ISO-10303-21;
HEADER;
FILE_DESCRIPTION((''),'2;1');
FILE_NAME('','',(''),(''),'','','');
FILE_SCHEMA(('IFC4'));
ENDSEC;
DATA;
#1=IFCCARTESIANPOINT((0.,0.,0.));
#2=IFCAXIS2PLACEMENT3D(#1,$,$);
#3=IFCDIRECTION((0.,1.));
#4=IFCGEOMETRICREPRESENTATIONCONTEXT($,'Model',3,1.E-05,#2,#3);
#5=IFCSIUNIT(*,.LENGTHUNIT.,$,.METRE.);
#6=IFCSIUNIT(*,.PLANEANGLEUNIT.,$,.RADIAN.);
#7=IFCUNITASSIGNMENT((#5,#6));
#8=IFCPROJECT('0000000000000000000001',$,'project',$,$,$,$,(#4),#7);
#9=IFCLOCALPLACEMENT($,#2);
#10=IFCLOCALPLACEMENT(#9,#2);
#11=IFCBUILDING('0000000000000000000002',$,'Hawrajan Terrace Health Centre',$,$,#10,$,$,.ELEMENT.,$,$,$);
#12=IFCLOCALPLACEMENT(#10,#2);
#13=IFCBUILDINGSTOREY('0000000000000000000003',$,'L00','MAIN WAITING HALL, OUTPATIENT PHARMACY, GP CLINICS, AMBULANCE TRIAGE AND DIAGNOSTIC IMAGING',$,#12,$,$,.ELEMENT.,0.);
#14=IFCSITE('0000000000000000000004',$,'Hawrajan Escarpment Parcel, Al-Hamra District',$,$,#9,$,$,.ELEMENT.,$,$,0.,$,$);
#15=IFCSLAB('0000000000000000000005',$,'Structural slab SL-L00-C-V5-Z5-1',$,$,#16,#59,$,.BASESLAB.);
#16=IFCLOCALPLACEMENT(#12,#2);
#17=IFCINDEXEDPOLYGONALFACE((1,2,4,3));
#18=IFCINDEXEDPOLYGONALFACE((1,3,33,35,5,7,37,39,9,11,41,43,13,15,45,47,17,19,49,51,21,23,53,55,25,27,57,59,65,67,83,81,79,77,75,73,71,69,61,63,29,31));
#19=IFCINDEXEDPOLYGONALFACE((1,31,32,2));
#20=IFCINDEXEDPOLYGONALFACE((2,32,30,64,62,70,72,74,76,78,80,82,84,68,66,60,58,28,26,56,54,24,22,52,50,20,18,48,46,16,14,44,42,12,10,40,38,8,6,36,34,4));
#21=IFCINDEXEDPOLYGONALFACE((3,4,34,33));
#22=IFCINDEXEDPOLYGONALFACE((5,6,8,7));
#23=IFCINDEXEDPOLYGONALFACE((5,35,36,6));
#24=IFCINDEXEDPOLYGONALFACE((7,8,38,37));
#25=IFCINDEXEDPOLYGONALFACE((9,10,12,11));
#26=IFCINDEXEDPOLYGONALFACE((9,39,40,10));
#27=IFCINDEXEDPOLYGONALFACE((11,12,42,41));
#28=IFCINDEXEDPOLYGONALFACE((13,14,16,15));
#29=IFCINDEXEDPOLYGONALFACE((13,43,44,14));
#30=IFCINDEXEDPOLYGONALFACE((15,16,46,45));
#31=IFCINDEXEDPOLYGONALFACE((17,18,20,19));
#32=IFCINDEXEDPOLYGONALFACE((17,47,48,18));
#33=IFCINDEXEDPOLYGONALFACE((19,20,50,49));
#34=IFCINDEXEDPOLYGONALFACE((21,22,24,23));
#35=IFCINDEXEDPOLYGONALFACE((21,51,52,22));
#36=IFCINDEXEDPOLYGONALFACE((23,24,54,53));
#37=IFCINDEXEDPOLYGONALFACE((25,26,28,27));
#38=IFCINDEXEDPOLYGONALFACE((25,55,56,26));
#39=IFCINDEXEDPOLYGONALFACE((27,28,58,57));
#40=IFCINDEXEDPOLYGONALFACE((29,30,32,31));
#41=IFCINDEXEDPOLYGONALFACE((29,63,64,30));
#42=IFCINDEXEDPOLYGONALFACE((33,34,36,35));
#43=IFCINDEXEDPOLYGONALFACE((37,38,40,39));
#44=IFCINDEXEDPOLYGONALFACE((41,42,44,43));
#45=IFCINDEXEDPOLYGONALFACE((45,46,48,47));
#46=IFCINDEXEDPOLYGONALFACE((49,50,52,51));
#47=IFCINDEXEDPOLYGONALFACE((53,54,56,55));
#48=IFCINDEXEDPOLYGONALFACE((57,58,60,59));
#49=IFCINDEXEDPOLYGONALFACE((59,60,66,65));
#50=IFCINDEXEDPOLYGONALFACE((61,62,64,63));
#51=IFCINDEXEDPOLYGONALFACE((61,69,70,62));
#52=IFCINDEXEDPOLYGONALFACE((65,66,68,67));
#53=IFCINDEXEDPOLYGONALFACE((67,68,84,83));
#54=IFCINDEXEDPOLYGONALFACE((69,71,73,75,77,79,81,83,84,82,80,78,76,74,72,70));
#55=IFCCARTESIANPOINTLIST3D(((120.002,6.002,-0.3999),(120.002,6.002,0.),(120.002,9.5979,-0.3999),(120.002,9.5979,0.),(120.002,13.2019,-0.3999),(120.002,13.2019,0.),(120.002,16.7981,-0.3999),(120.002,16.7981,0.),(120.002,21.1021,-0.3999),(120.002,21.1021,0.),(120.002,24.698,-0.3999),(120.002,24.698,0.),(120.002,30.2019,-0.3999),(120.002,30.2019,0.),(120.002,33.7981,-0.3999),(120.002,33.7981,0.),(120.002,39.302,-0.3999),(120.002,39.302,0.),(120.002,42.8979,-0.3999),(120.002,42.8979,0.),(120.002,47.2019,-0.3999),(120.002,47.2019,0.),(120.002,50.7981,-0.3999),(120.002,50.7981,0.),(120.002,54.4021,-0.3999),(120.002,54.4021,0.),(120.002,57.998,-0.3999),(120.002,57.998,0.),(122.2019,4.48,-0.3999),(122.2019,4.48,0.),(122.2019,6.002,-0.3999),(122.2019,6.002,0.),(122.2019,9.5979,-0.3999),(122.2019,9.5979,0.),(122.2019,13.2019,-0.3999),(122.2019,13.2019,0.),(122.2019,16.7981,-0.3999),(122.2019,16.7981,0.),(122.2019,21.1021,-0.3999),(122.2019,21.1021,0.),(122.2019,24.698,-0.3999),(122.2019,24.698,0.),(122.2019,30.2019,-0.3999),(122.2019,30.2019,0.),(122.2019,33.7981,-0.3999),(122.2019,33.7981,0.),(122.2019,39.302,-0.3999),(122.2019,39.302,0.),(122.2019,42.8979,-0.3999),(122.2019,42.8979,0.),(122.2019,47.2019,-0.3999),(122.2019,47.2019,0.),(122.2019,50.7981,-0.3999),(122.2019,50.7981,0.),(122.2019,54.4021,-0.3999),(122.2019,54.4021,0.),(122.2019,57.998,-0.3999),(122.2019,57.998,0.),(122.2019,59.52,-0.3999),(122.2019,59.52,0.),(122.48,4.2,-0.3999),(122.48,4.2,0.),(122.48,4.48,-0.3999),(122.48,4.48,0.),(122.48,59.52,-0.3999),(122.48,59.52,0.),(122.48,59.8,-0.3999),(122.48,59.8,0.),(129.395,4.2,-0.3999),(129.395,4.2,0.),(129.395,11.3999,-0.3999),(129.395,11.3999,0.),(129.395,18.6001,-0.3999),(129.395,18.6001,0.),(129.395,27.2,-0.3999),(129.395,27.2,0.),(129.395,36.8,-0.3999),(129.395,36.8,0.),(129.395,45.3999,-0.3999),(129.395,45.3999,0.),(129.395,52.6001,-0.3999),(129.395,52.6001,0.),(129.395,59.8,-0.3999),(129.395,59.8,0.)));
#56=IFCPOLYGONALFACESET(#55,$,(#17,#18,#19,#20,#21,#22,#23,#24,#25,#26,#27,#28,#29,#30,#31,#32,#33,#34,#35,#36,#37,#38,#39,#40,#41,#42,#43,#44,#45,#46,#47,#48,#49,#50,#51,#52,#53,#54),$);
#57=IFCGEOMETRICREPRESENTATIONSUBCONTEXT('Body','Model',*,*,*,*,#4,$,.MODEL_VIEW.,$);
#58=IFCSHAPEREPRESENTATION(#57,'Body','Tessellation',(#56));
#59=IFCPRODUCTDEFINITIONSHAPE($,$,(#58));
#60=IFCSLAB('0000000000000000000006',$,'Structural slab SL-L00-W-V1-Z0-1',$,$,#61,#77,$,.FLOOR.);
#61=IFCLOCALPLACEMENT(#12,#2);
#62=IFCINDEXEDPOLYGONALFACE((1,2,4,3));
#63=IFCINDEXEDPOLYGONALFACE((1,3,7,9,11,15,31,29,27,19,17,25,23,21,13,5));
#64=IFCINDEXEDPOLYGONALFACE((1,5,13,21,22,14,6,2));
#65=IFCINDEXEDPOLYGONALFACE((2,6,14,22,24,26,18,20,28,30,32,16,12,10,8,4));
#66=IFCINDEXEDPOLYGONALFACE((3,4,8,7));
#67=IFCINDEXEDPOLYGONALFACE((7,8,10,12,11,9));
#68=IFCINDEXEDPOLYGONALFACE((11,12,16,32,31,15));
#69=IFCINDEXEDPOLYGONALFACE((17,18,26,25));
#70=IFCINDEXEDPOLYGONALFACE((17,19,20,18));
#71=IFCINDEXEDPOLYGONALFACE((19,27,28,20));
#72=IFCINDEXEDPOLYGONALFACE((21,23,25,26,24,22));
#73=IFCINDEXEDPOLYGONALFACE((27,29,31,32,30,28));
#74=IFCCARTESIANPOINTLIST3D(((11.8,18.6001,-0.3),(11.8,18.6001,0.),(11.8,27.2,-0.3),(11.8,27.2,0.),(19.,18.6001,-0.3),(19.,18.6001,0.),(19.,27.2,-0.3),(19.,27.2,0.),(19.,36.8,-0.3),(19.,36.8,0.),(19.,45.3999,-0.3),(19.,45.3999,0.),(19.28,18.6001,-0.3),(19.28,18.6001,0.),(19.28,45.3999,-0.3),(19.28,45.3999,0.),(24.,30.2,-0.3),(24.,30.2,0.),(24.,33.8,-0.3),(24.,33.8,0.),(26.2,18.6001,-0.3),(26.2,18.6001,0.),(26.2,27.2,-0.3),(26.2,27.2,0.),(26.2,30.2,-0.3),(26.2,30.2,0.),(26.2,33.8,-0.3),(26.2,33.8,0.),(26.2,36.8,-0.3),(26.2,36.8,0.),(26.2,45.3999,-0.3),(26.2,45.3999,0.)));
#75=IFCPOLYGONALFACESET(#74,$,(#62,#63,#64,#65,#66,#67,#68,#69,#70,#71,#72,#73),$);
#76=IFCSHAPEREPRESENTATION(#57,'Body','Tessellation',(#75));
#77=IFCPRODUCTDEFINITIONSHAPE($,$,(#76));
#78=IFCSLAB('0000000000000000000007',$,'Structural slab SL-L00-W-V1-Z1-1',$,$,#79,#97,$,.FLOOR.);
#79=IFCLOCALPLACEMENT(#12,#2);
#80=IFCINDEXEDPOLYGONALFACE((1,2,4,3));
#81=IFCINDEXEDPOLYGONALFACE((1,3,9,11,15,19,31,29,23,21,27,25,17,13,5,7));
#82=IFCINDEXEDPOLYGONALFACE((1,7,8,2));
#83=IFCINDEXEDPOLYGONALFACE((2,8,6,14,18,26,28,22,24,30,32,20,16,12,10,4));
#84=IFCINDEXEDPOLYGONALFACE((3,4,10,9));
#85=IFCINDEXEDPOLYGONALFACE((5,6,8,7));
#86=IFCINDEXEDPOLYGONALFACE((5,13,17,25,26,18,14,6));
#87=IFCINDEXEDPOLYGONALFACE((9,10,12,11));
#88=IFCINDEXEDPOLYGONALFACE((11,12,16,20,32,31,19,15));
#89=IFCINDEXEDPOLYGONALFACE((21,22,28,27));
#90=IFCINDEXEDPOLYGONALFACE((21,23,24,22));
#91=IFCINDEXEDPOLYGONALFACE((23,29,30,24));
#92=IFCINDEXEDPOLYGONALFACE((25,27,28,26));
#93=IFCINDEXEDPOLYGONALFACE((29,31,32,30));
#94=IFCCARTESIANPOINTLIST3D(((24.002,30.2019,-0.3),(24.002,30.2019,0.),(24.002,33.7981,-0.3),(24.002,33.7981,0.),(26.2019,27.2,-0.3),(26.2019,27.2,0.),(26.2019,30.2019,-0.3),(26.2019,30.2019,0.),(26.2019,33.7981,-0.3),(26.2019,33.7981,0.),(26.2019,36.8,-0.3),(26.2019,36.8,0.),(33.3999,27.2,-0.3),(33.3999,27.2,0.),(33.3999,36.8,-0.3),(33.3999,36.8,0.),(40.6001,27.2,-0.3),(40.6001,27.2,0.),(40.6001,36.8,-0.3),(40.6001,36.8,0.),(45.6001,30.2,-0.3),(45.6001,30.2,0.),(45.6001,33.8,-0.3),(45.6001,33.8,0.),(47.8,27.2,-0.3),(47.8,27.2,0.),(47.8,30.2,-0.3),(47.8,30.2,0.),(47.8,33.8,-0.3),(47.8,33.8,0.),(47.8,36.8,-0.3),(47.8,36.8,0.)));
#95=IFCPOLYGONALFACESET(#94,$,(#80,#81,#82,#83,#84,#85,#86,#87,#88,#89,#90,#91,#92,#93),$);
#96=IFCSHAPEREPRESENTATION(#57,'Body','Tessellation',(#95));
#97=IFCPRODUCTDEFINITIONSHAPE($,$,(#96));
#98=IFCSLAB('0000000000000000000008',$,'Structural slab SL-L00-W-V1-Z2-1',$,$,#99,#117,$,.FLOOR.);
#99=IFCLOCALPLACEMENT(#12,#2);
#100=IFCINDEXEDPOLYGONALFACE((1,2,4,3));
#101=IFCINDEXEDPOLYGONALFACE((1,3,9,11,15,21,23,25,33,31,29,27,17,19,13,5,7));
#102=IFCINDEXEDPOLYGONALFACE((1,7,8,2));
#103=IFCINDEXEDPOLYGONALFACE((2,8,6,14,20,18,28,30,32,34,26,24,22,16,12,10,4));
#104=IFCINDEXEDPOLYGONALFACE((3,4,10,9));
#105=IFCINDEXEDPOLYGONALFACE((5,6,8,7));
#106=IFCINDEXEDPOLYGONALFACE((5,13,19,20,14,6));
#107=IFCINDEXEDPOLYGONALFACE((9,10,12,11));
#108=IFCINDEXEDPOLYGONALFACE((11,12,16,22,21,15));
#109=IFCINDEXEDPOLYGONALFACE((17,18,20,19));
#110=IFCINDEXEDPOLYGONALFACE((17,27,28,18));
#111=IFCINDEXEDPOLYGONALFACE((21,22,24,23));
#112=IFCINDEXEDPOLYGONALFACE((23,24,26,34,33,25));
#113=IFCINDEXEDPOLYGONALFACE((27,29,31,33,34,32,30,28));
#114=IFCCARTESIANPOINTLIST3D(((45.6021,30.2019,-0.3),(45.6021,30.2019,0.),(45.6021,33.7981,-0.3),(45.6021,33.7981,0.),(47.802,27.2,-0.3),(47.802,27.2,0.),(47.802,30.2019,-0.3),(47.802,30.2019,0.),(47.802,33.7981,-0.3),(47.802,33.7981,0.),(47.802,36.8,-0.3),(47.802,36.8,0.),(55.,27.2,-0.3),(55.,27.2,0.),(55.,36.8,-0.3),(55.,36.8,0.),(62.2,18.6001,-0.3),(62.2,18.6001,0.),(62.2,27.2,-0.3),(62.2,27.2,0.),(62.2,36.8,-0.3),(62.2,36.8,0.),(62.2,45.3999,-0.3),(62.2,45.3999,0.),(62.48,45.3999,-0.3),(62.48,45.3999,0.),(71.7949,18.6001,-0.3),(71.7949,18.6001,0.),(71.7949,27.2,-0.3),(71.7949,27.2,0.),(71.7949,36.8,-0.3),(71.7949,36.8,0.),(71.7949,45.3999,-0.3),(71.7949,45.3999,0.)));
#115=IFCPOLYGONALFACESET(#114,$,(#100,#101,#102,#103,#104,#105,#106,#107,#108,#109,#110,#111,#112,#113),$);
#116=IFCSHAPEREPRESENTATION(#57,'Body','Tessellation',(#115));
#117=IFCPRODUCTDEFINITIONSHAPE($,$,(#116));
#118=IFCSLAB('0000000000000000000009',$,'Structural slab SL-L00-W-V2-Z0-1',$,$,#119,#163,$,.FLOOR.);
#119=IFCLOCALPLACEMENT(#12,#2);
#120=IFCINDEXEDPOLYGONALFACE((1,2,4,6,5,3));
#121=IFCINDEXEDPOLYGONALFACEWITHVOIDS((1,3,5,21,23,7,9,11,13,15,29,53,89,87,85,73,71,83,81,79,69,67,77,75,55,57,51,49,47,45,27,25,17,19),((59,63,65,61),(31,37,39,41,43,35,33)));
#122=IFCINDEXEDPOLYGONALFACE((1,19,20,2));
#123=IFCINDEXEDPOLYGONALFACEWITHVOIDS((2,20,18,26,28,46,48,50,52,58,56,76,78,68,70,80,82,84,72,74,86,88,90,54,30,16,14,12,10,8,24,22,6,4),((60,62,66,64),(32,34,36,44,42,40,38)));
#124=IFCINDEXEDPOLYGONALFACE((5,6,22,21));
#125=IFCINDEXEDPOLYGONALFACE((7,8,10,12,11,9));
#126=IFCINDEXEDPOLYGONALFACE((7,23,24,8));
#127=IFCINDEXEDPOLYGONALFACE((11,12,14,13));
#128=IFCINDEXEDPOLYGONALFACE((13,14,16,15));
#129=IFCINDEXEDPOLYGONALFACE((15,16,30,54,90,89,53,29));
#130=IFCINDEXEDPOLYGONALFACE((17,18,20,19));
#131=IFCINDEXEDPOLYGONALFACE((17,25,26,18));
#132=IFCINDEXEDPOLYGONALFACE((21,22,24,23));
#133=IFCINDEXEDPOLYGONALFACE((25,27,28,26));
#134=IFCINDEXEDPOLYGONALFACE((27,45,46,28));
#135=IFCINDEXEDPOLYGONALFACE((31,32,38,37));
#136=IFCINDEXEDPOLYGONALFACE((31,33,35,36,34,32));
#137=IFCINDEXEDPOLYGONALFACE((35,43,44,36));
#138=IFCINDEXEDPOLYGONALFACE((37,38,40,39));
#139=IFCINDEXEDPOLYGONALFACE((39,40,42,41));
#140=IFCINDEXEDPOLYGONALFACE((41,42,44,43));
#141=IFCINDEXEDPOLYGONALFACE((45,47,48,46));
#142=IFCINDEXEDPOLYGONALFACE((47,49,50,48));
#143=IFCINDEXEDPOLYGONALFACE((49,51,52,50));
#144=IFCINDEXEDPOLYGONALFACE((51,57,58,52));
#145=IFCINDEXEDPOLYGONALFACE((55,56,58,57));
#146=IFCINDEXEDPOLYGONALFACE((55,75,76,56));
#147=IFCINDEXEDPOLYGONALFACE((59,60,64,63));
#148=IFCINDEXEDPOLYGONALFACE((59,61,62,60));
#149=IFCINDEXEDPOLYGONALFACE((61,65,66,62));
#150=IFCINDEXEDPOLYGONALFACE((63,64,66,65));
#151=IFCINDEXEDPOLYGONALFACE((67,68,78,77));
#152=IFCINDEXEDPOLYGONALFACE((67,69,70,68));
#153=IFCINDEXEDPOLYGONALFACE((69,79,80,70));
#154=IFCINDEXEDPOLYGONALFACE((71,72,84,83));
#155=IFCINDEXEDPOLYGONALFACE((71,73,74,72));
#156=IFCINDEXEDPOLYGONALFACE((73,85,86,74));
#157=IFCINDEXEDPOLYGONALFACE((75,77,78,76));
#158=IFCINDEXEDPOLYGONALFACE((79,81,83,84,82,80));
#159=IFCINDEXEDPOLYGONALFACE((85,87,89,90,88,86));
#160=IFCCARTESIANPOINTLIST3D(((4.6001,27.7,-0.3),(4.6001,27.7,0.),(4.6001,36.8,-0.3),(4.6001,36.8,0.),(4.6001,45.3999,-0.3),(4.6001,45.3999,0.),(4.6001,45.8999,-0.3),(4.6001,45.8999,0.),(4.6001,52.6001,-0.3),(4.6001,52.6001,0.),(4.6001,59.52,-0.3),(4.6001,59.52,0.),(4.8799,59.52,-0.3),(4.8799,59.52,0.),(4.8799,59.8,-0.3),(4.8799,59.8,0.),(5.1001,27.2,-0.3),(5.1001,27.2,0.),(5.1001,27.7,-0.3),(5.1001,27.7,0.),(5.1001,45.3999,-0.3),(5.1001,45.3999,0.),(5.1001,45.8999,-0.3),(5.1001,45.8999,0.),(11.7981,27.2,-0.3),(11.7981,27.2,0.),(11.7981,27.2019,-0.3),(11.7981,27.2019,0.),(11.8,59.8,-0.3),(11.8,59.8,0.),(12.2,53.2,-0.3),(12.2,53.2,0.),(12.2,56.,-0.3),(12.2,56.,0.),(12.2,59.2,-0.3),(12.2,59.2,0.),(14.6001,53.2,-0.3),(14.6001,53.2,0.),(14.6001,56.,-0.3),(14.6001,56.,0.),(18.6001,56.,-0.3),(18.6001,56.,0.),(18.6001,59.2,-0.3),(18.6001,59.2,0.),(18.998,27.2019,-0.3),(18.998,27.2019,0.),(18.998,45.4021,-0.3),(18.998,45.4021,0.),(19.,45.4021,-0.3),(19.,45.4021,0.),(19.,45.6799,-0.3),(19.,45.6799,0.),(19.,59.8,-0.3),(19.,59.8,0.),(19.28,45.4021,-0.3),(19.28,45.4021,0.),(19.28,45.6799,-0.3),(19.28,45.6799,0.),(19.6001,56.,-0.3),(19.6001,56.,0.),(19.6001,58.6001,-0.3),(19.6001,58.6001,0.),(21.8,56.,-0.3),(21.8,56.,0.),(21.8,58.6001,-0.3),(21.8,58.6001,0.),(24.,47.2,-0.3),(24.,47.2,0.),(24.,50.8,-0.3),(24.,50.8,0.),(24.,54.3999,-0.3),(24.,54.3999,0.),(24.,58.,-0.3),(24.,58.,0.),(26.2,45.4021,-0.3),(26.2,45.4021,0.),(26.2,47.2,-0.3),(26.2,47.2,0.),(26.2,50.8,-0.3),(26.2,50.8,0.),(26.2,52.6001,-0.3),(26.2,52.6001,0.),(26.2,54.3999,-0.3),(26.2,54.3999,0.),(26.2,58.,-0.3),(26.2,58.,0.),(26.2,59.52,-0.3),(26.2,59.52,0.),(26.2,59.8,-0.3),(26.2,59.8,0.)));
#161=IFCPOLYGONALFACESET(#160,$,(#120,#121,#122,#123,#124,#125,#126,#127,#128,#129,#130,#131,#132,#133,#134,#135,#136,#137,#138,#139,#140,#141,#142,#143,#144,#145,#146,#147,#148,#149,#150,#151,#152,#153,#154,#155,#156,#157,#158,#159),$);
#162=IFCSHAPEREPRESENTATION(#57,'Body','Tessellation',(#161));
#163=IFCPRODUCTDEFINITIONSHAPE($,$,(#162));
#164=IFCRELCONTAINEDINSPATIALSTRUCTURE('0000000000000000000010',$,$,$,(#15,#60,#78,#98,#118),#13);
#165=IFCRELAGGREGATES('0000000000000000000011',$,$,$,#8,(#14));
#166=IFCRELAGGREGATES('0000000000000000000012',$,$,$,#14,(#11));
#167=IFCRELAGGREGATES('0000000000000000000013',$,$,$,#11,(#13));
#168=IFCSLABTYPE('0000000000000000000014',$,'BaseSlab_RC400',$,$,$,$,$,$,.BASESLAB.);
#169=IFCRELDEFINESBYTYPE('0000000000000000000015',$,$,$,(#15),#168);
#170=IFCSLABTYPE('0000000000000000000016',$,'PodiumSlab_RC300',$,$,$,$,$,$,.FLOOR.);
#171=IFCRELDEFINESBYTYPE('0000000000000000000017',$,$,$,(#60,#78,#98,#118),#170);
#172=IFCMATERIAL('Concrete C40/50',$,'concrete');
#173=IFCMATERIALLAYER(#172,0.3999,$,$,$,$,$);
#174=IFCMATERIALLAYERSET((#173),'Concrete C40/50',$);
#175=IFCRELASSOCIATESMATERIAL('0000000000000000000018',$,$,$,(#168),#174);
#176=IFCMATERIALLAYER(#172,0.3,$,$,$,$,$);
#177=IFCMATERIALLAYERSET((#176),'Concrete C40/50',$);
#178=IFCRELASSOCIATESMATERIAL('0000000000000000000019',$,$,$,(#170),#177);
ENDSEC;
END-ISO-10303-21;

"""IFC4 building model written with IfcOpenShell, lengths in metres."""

from ifc_helpers import new_model, si_unit, direction, frame, origin, place, context, subcontext, project, spatial, polyline, outline, extrude, material, layer, layer_set, type_object, element, save


model = new_model("IFC4")

# Units and contexts
model_context = context("Model", 3, precision=1e-05, world=origin(), true_north=direction((0.0, 1.0)))
body_context = subcontext(model_context, "Body", "Model", "MODEL_VIEW")
ifc_project = project(units=[si_unit("LENGTHUNIT", "METRE"), si_unit("PLANEANGLEUNIT", "RADIAN")], contexts=[model_context])

# Site, building, storey
site_placement = place(None, origin())
site = spatial("IfcSite", under=ifc_project, at=site_placement, Name="Hawrajan Escarpment Parcel, Al-Hamra District", CompositionType="ELEMENT", RefElevation=0.0)
building_placement = place(site_placement, origin())
building = spatial("IfcBuilding", under=site, at=building_placement, Name="Hawrajan Terrace Health Centre", CompositionType="ELEMENT")
storey_placement = place(building_placement, origin())
storey = spatial("IfcBuildingStorey", under=building, at=storey_placement, Name="L00", Description="MAIN WAITING HALL, OUTPATIENT PHARMACY, GP CLINICS, AMBULANCE TRIAGE AND DIAGNOSTIC IMAGING", CompositionType="ELEMENT", Elevation=0.0)

# Slabs
ifc_material = material(Name="Concrete C40/50", Category="concrete")
ifc_layer_1 = layer(ifc_material, 0.3999)
ifc_layer_set_1 = layer_set([ifc_layer_1], Name="Concrete C40/50")
slab_type_1 = type_object("IfcSlabType", Name="BaseSlab_RC400", PredefinedType="BASESLAB", material=ifc_layer_set_1)
slab_1_placement = place(storey_placement, frame((0.0, 0.0, -0.3999)))
element("IfcSlab", 1, at=slab_1_placement, inside=storey, type_object=slab_type_1, Name="Structural slab SL-L00-C-V5-Z5-1", PredefinedType="BASESLAB", context=body_context, shape_type="SweptSolid", body=[
    extrude(outline(polyline([(122.48, 59.52), (122.48, 59.8), (129.395, 59.8), (129.395, 52.6001), (129.395, 45.3999), (129.395, 36.8), (129.395, 27.2), (129.395, 18.6001), (129.395, 11.3999), (129.395, 4.2), (122.48, 4.2), (122.48, 4.48), (122.2019, 4.48), (122.2019, 6.002), (120.002, 6.002), (120.002, 9.5979), (122.2019, 9.5979), (122.2019, 13.2019), (120.002, 13.2019), (120.002, 16.7981), (122.2019, 16.7981), (122.2019, 21.1021), (120.002, 21.1021), (120.002, 24.698), (122.2019, 24.698), (122.2019, 30.2019), (120.002, 30.2019), (120.002, 33.7981), (122.2019, 33.7981), (122.2019, 39.302), (120.002, 39.302), (120.002, 42.8979), (122.2019, 42.8979), (122.2019, 47.2019), (120.002, 47.2019), (120.002, 50.7981), (122.2019, 50.7981), (122.2019, 54.4021), (120.002, 54.4021), (120.002, 57.998), (122.2019, 57.998), (122.2019, 59.52), (122.48, 59.52)])), origin(), (0.0, 0.0, 1.0), 0.3999),
])
ifc_layer_2 = layer(ifc_material, 0.3)
ifc_layer_set_2 = layer_set([ifc_layer_2], Name="Concrete C40/50")
slab_type_2 = type_object("IfcSlabType", Name="PodiumSlab_RC300", PredefinedType="FLOOR", material=ifc_layer_set_2)
slab_2_placement = place(storey_placement, frame((0.0, 0.0, -0.3)))
element("IfcSlab", 2, at=slab_2_placement, inside=storey, type_object=slab_type_2, Name="Structural slab SL-L00-W-V1-Z0-1", PredefinedType="FLOOR", context=body_context, shape_type="SweptSolid", body=[
    extrude(outline(polyline([(19.0, 27.2), (19.0, 36.8), (19.0, 45.3999), (19.28, 45.3999), (26.2, 45.3999), (26.2, 36.8), (26.2, 33.8), (24.0, 33.8), (24.0, 30.2), (26.2, 30.2), (26.2, 27.2), (26.2, 18.6001), (19.28, 18.6001), (19.0, 18.6001), (11.8, 18.6001), (11.8, 27.2), (19.0, 27.2)])), origin(), (0.0, 0.0, 1.0), 0.3),
])
slab_3_placement = place(storey_placement, frame((0.0, 0.0, -0.3)))
element("IfcSlab", 3, at=slab_3_placement, inside=storey, type_object=slab_type_2, Name="Structural slab SL-L00-W-V1-Z1-1", PredefinedType="FLOOR", context=body_context, shape_type="SweptSolid", body=[
    extrude(outline(polyline([(33.3999, 36.8), (40.6001, 36.8), (47.8, 36.8), (47.8, 33.8), (45.6001, 33.8), (45.6001, 30.2), (47.8, 30.2), (47.8, 27.2), (40.6001, 27.2), (33.3999, 27.2), (26.2019, 27.2), (26.2019, 30.2019), (24.002, 30.2019), (24.002, 33.7981), (26.2019, 33.7981), (26.2019, 36.8), (33.3999, 36.8)])), origin(), (0.0, 0.0, 1.0), 0.3),
])
slab_4_placement = place(storey_placement, frame((0.0, 0.0, -0.3)))
element("IfcSlab", 4, at=slab_4_placement, inside=storey, type_object=slab_type_2, Name="Structural slab SL-L00-W-V1-Z2-1", PredefinedType="FLOOR", context=body_context, shape_type="SweptSolid", body=[
    extrude(outline(polyline([(47.802, 27.2), (47.802, 30.2019), (45.6021, 30.2019), (45.6021, 33.7981), (47.802, 33.7981), (47.802, 36.8), (55.0, 36.8), (62.2, 36.8), (62.2, 45.3999), (62.48, 45.3999), (71.7949, 45.3999), (71.7949, 36.8), (71.7949, 27.2), (71.7949, 18.6001), (62.2, 18.6001), (62.2, 27.2), (55.0, 27.2), (47.802, 27.2)])), origin(), (0.0, 0.0, 1.0), 0.3),
])
slab_5_placement = place(storey_placement, frame((0.0, 0.0, -0.3)))
element("IfcSlab", 5, at=slab_5_placement, inside=storey, type_object=slab_type_2, Name="Structural slab SL-L00-W-V2-Z0-1", PredefinedType="FLOOR", context=body_context, shape_type="SweptSolid", body=[
    extrude(outline(polyline([(4.6001, 59.52), (4.8799, 59.52), (4.8799, 59.8), (11.8, 59.8), (19.0, 59.8), (26.2, 59.8), (26.2, 59.52), (26.2, 58.0), (24.0, 58.0), (24.0, 54.3999), (26.2, 54.3999), (26.2, 52.6001), (26.2, 50.8), (24.0, 50.8), (24.0, 47.2), (26.2, 47.2), (26.2, 45.4021), (19.28, 45.4021), (19.28, 45.6799), (19.0, 45.6799), (19.0, 45.4021), (18.998, 45.4021), (18.998, 27.2019), (11.7981, 27.2019), (11.7981, 27.2), (5.1001, 27.2), (5.1001, 27.7), (4.6001, 27.7), (4.6001, 36.8), (4.6001, 45.3999), (5.1001, 45.3999), (5.1001, 45.8999), (4.6001, 45.8999), (4.6001, 52.6001), (4.6001, 59.52)]), holes=[polyline([(14.6001, 53.2), (14.6001, 56.0), (18.6001, 56.0), (18.6001, 59.2), (12.2, 59.2), (12.2, 56.0), (12.2, 53.2), (14.6001, 53.2)]), polyline([(21.8, 58.6001), (19.6001, 58.6001), (19.6001, 56.0), (21.8, 56.0), (21.8, 58.6001)])]), origin(), (0.0, 0.0, 1.0), 0.3),
])

save(model, "model.ifc")
